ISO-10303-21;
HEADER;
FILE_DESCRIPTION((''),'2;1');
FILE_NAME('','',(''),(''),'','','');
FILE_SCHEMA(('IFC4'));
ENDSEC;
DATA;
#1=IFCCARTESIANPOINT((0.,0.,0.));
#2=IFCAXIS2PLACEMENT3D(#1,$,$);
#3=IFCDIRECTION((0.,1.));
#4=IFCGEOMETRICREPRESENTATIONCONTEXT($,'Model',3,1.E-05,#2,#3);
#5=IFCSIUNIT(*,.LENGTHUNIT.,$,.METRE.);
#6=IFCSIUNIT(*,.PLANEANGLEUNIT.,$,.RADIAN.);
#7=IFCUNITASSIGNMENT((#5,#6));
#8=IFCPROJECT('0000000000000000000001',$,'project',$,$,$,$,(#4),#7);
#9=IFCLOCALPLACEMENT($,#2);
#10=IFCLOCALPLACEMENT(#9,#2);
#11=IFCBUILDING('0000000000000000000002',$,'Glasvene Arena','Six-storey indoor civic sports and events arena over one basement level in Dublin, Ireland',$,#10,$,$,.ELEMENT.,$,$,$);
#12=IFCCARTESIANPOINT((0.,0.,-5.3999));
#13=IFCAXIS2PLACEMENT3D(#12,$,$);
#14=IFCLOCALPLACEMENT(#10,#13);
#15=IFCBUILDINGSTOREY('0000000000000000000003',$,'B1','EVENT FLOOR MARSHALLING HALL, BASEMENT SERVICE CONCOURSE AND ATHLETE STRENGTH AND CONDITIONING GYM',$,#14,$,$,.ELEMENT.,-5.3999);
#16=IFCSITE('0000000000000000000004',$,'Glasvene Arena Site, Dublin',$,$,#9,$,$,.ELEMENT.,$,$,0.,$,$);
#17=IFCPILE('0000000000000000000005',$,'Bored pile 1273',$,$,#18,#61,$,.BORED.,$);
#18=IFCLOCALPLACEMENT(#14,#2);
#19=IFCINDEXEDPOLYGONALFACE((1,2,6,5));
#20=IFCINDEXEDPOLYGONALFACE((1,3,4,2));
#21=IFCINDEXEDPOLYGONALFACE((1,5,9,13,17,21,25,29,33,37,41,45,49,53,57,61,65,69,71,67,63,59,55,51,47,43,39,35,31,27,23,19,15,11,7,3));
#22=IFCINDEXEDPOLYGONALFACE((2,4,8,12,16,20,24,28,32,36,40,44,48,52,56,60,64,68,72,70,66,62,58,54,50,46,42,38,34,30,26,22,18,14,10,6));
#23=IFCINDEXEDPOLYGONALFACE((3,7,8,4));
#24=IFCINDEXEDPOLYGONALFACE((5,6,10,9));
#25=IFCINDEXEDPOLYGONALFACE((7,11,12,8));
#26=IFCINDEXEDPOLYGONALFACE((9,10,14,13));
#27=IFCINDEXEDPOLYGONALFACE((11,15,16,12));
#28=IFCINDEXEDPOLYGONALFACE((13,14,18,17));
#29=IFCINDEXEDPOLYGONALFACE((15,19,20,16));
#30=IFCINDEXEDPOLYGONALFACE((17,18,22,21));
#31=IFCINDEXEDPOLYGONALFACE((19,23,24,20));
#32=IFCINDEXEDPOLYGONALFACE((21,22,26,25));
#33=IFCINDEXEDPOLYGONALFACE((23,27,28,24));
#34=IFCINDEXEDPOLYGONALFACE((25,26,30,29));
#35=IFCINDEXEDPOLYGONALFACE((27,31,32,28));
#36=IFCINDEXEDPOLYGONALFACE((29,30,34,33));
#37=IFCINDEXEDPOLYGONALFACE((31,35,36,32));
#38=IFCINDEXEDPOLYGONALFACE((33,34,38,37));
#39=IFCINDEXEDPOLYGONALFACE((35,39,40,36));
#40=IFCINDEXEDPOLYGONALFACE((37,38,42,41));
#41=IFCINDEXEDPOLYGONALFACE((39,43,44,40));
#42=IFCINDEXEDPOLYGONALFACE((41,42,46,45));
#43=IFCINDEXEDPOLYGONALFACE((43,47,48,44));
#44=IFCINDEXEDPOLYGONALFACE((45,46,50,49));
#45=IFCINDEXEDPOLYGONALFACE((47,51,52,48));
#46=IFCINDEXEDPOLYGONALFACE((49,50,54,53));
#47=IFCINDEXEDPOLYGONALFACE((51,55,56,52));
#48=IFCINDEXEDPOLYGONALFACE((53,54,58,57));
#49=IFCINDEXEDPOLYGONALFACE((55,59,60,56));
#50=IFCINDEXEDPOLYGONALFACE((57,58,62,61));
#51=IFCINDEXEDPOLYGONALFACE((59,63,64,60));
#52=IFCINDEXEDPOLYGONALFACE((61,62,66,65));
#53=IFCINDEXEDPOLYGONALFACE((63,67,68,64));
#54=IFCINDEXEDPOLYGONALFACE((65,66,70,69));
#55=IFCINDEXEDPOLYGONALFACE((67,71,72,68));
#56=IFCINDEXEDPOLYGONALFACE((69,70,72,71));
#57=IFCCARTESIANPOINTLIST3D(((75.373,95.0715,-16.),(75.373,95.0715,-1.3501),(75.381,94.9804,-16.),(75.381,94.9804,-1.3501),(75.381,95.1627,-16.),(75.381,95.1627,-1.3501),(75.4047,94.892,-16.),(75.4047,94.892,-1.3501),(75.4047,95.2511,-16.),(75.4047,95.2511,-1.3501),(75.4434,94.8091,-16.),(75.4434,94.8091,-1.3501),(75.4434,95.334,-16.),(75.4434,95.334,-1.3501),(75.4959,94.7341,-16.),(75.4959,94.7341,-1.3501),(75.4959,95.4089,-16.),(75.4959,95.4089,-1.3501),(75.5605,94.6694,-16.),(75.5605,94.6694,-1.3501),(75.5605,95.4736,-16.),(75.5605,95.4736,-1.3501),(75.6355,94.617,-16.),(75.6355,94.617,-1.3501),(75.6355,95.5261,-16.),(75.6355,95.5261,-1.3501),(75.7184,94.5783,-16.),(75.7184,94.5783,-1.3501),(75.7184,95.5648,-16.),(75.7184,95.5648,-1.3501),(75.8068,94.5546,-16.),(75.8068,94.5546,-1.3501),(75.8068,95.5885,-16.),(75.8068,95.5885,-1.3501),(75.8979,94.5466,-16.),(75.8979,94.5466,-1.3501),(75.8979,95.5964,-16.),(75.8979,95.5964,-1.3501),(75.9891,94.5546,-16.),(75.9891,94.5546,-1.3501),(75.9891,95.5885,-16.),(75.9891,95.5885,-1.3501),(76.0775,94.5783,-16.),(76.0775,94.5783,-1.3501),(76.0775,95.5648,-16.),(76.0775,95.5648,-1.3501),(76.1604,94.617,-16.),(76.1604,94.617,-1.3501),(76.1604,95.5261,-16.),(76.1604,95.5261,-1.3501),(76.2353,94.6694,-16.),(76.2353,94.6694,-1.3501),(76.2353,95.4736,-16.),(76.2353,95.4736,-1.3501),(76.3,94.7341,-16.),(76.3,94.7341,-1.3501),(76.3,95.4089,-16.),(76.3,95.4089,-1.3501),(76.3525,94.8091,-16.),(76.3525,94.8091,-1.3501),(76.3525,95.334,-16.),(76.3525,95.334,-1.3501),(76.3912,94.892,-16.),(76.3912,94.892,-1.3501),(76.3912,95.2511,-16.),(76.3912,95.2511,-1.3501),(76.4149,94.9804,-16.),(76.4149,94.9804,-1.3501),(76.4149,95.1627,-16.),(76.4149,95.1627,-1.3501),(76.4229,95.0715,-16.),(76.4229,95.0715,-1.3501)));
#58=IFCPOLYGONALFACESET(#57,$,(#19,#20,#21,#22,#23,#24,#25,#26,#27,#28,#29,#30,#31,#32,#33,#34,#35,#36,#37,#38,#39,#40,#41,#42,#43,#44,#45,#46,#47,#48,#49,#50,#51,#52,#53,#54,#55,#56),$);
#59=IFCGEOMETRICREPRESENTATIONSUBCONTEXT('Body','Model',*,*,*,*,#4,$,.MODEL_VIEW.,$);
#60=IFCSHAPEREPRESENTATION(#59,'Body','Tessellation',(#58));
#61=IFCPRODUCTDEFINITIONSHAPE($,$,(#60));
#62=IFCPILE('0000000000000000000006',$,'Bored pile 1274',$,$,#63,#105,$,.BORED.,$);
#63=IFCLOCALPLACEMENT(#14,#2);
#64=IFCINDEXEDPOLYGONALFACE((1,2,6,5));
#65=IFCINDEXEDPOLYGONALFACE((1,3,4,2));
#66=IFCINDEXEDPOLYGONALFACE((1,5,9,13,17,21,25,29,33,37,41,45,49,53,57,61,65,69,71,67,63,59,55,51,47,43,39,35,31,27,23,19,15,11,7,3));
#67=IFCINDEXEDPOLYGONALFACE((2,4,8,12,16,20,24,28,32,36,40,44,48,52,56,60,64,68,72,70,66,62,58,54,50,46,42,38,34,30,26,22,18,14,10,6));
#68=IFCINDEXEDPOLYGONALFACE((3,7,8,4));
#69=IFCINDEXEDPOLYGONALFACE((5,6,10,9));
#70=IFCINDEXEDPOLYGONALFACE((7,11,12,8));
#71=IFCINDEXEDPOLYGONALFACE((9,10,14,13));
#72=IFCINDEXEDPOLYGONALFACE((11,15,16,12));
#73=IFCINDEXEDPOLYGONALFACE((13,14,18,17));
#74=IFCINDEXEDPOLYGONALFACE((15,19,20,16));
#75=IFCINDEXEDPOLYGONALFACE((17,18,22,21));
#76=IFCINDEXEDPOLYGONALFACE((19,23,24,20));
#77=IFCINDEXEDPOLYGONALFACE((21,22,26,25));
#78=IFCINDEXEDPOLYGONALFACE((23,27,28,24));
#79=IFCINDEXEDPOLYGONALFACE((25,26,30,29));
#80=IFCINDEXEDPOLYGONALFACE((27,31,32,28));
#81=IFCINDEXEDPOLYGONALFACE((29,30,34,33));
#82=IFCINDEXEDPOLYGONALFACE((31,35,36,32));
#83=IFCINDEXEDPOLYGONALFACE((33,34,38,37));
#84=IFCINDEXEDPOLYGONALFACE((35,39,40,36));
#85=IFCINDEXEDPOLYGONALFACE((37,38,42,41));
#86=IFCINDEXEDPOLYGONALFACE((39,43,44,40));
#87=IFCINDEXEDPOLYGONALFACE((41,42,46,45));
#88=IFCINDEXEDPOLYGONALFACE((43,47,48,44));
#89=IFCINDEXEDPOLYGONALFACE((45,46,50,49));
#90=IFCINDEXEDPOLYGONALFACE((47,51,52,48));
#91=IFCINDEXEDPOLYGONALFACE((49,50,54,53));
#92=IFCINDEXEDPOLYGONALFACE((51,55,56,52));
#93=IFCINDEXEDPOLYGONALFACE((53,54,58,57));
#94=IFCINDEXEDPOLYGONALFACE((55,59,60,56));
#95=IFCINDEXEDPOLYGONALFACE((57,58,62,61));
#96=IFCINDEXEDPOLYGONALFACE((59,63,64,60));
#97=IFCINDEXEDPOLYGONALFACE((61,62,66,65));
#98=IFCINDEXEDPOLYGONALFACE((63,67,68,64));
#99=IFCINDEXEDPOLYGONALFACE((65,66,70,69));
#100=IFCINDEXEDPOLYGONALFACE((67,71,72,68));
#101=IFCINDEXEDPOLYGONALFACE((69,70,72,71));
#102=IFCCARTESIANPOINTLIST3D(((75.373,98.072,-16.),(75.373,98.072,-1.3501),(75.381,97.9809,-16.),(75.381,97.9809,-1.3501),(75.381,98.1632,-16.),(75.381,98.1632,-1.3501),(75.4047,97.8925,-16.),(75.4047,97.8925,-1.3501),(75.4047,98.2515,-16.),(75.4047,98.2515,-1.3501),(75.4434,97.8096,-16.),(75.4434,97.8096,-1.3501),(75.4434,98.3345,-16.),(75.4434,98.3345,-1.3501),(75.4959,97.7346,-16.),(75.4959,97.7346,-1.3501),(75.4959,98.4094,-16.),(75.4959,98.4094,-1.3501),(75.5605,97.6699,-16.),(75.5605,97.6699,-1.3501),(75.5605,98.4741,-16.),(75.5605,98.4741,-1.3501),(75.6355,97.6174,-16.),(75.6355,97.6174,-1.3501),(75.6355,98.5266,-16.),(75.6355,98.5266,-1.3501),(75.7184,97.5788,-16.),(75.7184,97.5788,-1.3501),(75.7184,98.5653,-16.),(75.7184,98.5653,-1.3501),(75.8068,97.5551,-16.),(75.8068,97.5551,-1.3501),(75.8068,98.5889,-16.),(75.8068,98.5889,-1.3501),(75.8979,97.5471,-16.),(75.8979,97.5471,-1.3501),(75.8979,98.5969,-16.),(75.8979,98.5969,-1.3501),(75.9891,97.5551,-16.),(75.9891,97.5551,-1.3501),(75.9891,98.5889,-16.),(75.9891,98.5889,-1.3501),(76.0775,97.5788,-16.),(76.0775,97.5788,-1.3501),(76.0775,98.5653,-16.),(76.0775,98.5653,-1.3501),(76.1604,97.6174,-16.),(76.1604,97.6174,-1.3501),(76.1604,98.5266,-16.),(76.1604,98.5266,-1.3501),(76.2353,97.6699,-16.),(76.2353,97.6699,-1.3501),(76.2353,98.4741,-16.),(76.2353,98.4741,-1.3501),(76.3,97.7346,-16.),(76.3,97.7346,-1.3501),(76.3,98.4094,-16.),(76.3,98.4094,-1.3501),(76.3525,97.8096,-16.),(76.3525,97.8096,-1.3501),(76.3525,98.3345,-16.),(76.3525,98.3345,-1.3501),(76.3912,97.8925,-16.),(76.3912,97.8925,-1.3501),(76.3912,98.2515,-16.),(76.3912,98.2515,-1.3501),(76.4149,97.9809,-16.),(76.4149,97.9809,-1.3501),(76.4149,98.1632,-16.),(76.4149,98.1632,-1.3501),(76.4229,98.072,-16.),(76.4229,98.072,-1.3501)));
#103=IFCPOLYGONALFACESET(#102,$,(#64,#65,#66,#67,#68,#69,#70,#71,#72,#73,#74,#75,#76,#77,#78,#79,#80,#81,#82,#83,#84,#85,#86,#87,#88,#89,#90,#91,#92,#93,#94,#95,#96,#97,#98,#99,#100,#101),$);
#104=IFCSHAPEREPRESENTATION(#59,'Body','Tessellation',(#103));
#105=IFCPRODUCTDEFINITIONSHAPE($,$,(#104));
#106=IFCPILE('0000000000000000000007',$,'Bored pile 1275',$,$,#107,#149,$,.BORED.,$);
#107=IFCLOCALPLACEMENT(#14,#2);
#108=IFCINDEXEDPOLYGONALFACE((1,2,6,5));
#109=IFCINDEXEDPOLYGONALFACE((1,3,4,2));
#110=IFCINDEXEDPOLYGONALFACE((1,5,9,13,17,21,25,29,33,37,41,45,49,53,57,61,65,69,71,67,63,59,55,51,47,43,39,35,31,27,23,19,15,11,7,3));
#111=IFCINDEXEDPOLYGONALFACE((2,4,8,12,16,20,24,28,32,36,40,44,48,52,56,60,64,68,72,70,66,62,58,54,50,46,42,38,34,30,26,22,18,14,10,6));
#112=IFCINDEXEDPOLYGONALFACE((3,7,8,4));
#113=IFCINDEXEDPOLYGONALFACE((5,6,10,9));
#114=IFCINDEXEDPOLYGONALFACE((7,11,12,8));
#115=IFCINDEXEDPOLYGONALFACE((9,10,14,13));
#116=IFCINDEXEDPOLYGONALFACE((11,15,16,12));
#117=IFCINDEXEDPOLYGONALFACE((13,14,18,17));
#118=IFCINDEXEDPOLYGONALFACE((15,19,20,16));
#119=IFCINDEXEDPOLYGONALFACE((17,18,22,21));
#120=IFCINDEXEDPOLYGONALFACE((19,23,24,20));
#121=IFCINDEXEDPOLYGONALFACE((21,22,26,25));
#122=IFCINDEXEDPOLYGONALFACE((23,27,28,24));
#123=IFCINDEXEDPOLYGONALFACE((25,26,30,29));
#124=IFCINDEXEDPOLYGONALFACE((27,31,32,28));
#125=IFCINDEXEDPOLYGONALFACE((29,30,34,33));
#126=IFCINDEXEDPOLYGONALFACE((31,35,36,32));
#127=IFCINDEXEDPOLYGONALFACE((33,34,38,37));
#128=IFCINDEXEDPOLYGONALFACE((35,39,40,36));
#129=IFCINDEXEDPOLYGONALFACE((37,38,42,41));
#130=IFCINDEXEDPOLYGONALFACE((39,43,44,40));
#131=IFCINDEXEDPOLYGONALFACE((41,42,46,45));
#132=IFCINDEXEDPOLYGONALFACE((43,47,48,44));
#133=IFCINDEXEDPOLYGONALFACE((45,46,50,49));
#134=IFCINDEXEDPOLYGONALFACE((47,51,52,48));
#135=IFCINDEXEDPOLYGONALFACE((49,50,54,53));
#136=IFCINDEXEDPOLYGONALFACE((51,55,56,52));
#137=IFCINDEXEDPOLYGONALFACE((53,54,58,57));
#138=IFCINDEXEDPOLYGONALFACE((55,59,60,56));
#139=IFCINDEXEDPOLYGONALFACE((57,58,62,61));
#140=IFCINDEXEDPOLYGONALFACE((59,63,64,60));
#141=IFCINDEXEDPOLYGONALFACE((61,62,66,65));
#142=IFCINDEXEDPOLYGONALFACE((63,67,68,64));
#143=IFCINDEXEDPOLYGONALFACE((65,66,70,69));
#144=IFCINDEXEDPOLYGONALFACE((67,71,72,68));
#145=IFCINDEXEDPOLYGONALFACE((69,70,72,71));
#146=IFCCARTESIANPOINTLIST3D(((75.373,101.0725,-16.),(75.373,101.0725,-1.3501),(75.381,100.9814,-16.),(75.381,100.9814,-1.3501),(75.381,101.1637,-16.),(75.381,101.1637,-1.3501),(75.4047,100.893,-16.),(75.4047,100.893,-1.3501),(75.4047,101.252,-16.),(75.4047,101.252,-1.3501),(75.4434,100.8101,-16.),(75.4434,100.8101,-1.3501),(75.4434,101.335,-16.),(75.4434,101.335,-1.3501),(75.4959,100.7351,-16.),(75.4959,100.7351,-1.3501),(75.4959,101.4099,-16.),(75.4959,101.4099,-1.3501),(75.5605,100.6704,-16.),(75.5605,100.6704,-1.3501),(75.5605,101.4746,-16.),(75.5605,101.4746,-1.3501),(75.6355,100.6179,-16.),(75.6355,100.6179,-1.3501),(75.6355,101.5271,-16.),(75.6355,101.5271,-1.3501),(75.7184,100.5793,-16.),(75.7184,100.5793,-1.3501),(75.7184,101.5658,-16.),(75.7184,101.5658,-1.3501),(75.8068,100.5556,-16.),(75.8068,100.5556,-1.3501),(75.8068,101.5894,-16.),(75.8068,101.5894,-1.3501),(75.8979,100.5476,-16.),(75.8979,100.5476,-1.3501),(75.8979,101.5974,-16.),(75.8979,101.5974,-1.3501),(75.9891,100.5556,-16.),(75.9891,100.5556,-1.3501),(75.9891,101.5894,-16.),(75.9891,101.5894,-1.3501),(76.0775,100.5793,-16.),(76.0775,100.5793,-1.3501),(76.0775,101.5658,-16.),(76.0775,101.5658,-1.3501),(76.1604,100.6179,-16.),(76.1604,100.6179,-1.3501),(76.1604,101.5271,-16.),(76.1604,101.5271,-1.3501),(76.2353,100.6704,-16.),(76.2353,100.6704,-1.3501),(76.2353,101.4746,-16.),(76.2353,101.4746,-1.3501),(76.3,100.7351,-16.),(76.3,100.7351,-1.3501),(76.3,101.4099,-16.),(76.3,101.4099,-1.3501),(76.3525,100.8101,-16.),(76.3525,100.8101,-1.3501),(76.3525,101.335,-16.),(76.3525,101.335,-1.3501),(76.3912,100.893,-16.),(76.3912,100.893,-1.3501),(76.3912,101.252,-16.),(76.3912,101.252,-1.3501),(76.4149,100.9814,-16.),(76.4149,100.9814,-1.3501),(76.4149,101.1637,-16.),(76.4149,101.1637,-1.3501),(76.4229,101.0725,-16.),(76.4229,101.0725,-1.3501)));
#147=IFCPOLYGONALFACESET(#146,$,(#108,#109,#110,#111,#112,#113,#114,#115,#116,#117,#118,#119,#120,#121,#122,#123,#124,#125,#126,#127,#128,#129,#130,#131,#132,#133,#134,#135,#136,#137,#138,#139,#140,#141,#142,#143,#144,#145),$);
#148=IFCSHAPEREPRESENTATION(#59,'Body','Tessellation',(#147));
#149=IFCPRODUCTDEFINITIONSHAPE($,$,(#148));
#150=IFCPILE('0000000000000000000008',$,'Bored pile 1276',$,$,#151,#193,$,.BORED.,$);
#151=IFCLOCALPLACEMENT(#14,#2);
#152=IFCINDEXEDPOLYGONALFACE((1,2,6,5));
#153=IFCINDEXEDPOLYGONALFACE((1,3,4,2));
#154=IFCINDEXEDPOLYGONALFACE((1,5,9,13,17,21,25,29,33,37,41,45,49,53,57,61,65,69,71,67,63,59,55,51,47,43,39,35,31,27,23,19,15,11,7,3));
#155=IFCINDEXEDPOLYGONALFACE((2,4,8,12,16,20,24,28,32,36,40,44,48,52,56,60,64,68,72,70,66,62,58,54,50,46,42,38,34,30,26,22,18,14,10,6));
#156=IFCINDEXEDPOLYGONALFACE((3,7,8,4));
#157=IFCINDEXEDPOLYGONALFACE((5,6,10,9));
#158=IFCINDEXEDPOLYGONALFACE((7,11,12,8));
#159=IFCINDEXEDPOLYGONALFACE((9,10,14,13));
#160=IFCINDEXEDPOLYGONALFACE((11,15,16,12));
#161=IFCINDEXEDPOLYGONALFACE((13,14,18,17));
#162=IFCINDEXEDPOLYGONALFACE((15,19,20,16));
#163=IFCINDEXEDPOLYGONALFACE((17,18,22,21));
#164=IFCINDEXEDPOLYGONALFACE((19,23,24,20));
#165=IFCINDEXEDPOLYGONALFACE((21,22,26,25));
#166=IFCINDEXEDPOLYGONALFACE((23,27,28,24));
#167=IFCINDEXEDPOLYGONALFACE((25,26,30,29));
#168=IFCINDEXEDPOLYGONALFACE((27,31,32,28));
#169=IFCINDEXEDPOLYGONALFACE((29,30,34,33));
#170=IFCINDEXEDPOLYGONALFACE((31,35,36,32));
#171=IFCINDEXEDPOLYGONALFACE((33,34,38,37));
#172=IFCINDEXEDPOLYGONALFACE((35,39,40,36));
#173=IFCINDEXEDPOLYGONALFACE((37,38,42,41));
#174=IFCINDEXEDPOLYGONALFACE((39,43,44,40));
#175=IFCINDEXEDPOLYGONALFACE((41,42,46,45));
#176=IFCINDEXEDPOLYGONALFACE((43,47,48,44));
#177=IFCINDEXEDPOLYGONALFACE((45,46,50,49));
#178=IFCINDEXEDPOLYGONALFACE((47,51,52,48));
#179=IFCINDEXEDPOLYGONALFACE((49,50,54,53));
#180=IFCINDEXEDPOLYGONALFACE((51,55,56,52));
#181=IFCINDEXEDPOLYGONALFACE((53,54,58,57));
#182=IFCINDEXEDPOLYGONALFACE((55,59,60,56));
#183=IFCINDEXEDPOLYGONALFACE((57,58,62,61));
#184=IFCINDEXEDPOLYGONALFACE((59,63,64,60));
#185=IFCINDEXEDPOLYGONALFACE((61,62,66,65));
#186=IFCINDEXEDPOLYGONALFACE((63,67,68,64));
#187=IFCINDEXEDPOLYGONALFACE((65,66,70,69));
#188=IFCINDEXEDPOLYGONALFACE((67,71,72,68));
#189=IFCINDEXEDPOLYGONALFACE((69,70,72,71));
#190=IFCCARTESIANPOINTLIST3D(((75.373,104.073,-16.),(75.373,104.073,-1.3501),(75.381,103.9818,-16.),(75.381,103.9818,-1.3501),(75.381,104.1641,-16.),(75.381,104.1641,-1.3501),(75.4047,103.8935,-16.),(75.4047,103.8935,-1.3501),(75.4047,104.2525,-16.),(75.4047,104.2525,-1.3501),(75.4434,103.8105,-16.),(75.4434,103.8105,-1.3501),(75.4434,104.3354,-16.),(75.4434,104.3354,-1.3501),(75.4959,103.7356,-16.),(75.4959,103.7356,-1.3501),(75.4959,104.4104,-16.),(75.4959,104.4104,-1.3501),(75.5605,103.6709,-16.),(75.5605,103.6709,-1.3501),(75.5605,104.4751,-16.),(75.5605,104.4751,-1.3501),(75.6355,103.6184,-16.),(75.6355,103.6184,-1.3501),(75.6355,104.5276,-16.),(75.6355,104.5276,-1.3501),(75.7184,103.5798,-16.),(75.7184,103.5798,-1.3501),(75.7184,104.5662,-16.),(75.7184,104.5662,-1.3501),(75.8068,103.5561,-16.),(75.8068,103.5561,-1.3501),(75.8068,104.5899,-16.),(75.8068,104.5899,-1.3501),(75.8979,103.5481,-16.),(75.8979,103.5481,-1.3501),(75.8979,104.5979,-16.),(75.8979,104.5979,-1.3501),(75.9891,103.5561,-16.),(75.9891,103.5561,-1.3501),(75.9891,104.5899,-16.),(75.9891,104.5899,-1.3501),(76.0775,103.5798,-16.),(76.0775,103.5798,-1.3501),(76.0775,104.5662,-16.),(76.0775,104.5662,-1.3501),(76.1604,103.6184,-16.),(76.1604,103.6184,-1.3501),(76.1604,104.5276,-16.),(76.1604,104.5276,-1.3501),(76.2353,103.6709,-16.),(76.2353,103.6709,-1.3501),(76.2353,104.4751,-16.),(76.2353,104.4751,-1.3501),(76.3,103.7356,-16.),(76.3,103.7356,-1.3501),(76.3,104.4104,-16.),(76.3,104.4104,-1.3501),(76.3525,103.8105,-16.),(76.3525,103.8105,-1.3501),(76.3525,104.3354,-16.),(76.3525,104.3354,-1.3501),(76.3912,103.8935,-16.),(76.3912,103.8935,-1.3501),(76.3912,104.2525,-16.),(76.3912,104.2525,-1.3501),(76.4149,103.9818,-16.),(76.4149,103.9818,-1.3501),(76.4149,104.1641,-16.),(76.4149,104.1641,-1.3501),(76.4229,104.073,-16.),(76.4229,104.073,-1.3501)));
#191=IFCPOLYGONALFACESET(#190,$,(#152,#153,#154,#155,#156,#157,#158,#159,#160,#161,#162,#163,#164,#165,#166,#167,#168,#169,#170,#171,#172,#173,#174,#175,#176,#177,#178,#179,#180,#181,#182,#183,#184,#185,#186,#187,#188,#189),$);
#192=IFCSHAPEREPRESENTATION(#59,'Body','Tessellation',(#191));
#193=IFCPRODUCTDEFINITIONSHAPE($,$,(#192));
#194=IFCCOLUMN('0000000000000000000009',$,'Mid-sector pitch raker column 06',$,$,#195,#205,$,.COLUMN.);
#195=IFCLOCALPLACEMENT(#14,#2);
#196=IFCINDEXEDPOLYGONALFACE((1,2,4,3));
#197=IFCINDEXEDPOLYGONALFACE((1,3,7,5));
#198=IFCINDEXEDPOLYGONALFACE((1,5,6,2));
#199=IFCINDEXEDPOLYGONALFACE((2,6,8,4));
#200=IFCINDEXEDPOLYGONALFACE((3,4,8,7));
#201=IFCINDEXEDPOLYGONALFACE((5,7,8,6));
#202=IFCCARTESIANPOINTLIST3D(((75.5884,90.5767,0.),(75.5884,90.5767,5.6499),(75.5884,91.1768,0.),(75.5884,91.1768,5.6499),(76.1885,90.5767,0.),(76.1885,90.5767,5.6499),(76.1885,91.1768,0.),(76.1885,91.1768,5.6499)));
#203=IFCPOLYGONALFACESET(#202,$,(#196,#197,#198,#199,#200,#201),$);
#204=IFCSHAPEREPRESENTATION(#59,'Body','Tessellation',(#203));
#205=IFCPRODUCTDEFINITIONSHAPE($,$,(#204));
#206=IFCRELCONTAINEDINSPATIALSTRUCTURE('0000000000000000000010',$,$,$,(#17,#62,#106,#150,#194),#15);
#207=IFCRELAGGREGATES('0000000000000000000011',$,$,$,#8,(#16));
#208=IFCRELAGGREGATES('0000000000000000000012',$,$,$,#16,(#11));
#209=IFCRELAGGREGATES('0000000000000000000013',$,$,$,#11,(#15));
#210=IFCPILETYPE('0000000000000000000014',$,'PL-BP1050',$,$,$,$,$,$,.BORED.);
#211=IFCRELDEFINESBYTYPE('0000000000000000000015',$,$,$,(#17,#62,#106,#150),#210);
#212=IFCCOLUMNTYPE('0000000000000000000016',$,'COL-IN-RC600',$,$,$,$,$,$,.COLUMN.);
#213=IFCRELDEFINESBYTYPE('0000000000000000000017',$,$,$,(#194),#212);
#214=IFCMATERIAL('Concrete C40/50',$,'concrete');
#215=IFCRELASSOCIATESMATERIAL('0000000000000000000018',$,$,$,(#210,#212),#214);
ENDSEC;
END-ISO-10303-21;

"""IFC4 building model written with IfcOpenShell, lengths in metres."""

from ifc_helpers import new_model, si_unit, direction, frame, origin, origin_2d, place, context, subcontext, project, spatial, rectangle, circle, extrude, material, material_profile, profile_set, type_object, element, save


model = new_model("IFC4")

# Units and contexts
model_context = context("Model", 3, precision=1e-05, world=origin(), true_north=direction((0.0, 1.0)))
body_context = subcontext(model_context, "Body", "Model", "MODEL_VIEW")
ifc_project = project(units=[si_unit("LENGTHUNIT", "METRE"), si_unit("PLANEANGLEUNIT", "RADIAN")], contexts=[model_context])

# Site, building, storey
site_placement = place(None, origin())
site = spatial("IfcSite", under=ifc_project, at=site_placement, Name="Glasvene Arena Site, Dublin", CompositionType="ELEMENT", RefElevation=0.0)
building_placement = place(site_placement, origin())
building = spatial("IfcBuilding", under=site, at=building_placement, Name="Glasvene Arena", Description="Six-storey indoor civic sports and events arena over one basement level in Dublin, Ireland", CompositionType="ELEMENT")
storey_placement = place(building_placement, frame((0.0, 0.0, -5.3999)))
storey = spatial("IfcBuildingStorey", under=building, at=storey_placement, Name="B1", Description="EVENT FLOOR MARSHALLING HALL, BASEMENT SERVICE CONCOURSE AND ATHLETE STRENGTH AND CONDITIONING GYM", CompositionType="ELEMENT", Elevation=-5.3999)

# Piles
ifc_material_1 = material(Name="Concrete C40/50", Category="concrete")
ifc_material_profile_1 = material_profile(ifc_material_1, circle(Radius=0.5249, at=origin_2d()), Name="BORED PILE 1050")
ifc_profile_set_1 = profile_set([ifc_material_profile_1], Name="Concrete C40/50")
pile_type = type_object("IfcPileType", Name="PL-BP1050", PredefinedType="BORED", material=ifc_profile_set_1)
for number, where, z_axis, x_axis, name in (
    (1, (75.8979, 95.0715, -1.3501), (0.0, 0.0, -1.0), (1.0, 0.0, 0.0), "Bored pile 1273"),
    (2, (75.8979, 98.072, -1.3501), (0.0, 0.0, -1.0), (1.0, 0.0, 0.0), "Bored pile 1274"),
    (3, (75.8979, 101.0725, -1.3501), (0.0, 0.0, -1.0), (1.0, 0.0, 0.0), "Bored pile 1275"),
    (4, (75.8979, 104.073, -1.3501), (0.0, 0.0, -1.0), (1.0, 0.0, 0.0), "Bored pile 1276"),
):
    element("IfcPile", number, at=place(storey_placement, frame(where, z_axis=z_axis, x_axis=x_axis)), inside=storey, type_object=pile_type, Name=name, PredefinedType="BORED", context=body_context, shape_type="SweptSolid", body=[
        extrude(circle(Radius=0.5249, at=origin_2d()), origin(), (0.0, 0.0, 1.0), 14.6499),
    ])

# Column
ifc_material_profile_2 = material_profile(ifc_material_1, rectangle(XDim=0.6001, YDim=0.6001, at=origin_2d()), Name="RC 600x600")
ifc_profile_set_2 = profile_set([ifc_material_profile_2], Name="Concrete C40/50")
column_type_1 = type_object("IfcColumnType", Name="COL-IN-RC600", PredefinedType="COLUMN", material=ifc_profile_set_2)
column_1_placement = place(storey_placement, frame((75.8884, 90.8767, 0.0), z_axis=(0.0, 0.0, 1.0), x_axis=(1.0, 0.0, 0.0)))
element("IfcColumn", 5, at=column_1_placement, inside=storey, type_object=column_type_1, Name="Mid-sector pitch raker column 06", PredefinedType="COLUMN", context=body_context, shape_type="SweptSolid", body=[
    extrude(rectangle(XDim=0.6001, YDim=0.6001, at=origin_2d()), origin(), (0.0, 0.0, 1.0), 5.6499),
])

save(model, "model.ifc")
